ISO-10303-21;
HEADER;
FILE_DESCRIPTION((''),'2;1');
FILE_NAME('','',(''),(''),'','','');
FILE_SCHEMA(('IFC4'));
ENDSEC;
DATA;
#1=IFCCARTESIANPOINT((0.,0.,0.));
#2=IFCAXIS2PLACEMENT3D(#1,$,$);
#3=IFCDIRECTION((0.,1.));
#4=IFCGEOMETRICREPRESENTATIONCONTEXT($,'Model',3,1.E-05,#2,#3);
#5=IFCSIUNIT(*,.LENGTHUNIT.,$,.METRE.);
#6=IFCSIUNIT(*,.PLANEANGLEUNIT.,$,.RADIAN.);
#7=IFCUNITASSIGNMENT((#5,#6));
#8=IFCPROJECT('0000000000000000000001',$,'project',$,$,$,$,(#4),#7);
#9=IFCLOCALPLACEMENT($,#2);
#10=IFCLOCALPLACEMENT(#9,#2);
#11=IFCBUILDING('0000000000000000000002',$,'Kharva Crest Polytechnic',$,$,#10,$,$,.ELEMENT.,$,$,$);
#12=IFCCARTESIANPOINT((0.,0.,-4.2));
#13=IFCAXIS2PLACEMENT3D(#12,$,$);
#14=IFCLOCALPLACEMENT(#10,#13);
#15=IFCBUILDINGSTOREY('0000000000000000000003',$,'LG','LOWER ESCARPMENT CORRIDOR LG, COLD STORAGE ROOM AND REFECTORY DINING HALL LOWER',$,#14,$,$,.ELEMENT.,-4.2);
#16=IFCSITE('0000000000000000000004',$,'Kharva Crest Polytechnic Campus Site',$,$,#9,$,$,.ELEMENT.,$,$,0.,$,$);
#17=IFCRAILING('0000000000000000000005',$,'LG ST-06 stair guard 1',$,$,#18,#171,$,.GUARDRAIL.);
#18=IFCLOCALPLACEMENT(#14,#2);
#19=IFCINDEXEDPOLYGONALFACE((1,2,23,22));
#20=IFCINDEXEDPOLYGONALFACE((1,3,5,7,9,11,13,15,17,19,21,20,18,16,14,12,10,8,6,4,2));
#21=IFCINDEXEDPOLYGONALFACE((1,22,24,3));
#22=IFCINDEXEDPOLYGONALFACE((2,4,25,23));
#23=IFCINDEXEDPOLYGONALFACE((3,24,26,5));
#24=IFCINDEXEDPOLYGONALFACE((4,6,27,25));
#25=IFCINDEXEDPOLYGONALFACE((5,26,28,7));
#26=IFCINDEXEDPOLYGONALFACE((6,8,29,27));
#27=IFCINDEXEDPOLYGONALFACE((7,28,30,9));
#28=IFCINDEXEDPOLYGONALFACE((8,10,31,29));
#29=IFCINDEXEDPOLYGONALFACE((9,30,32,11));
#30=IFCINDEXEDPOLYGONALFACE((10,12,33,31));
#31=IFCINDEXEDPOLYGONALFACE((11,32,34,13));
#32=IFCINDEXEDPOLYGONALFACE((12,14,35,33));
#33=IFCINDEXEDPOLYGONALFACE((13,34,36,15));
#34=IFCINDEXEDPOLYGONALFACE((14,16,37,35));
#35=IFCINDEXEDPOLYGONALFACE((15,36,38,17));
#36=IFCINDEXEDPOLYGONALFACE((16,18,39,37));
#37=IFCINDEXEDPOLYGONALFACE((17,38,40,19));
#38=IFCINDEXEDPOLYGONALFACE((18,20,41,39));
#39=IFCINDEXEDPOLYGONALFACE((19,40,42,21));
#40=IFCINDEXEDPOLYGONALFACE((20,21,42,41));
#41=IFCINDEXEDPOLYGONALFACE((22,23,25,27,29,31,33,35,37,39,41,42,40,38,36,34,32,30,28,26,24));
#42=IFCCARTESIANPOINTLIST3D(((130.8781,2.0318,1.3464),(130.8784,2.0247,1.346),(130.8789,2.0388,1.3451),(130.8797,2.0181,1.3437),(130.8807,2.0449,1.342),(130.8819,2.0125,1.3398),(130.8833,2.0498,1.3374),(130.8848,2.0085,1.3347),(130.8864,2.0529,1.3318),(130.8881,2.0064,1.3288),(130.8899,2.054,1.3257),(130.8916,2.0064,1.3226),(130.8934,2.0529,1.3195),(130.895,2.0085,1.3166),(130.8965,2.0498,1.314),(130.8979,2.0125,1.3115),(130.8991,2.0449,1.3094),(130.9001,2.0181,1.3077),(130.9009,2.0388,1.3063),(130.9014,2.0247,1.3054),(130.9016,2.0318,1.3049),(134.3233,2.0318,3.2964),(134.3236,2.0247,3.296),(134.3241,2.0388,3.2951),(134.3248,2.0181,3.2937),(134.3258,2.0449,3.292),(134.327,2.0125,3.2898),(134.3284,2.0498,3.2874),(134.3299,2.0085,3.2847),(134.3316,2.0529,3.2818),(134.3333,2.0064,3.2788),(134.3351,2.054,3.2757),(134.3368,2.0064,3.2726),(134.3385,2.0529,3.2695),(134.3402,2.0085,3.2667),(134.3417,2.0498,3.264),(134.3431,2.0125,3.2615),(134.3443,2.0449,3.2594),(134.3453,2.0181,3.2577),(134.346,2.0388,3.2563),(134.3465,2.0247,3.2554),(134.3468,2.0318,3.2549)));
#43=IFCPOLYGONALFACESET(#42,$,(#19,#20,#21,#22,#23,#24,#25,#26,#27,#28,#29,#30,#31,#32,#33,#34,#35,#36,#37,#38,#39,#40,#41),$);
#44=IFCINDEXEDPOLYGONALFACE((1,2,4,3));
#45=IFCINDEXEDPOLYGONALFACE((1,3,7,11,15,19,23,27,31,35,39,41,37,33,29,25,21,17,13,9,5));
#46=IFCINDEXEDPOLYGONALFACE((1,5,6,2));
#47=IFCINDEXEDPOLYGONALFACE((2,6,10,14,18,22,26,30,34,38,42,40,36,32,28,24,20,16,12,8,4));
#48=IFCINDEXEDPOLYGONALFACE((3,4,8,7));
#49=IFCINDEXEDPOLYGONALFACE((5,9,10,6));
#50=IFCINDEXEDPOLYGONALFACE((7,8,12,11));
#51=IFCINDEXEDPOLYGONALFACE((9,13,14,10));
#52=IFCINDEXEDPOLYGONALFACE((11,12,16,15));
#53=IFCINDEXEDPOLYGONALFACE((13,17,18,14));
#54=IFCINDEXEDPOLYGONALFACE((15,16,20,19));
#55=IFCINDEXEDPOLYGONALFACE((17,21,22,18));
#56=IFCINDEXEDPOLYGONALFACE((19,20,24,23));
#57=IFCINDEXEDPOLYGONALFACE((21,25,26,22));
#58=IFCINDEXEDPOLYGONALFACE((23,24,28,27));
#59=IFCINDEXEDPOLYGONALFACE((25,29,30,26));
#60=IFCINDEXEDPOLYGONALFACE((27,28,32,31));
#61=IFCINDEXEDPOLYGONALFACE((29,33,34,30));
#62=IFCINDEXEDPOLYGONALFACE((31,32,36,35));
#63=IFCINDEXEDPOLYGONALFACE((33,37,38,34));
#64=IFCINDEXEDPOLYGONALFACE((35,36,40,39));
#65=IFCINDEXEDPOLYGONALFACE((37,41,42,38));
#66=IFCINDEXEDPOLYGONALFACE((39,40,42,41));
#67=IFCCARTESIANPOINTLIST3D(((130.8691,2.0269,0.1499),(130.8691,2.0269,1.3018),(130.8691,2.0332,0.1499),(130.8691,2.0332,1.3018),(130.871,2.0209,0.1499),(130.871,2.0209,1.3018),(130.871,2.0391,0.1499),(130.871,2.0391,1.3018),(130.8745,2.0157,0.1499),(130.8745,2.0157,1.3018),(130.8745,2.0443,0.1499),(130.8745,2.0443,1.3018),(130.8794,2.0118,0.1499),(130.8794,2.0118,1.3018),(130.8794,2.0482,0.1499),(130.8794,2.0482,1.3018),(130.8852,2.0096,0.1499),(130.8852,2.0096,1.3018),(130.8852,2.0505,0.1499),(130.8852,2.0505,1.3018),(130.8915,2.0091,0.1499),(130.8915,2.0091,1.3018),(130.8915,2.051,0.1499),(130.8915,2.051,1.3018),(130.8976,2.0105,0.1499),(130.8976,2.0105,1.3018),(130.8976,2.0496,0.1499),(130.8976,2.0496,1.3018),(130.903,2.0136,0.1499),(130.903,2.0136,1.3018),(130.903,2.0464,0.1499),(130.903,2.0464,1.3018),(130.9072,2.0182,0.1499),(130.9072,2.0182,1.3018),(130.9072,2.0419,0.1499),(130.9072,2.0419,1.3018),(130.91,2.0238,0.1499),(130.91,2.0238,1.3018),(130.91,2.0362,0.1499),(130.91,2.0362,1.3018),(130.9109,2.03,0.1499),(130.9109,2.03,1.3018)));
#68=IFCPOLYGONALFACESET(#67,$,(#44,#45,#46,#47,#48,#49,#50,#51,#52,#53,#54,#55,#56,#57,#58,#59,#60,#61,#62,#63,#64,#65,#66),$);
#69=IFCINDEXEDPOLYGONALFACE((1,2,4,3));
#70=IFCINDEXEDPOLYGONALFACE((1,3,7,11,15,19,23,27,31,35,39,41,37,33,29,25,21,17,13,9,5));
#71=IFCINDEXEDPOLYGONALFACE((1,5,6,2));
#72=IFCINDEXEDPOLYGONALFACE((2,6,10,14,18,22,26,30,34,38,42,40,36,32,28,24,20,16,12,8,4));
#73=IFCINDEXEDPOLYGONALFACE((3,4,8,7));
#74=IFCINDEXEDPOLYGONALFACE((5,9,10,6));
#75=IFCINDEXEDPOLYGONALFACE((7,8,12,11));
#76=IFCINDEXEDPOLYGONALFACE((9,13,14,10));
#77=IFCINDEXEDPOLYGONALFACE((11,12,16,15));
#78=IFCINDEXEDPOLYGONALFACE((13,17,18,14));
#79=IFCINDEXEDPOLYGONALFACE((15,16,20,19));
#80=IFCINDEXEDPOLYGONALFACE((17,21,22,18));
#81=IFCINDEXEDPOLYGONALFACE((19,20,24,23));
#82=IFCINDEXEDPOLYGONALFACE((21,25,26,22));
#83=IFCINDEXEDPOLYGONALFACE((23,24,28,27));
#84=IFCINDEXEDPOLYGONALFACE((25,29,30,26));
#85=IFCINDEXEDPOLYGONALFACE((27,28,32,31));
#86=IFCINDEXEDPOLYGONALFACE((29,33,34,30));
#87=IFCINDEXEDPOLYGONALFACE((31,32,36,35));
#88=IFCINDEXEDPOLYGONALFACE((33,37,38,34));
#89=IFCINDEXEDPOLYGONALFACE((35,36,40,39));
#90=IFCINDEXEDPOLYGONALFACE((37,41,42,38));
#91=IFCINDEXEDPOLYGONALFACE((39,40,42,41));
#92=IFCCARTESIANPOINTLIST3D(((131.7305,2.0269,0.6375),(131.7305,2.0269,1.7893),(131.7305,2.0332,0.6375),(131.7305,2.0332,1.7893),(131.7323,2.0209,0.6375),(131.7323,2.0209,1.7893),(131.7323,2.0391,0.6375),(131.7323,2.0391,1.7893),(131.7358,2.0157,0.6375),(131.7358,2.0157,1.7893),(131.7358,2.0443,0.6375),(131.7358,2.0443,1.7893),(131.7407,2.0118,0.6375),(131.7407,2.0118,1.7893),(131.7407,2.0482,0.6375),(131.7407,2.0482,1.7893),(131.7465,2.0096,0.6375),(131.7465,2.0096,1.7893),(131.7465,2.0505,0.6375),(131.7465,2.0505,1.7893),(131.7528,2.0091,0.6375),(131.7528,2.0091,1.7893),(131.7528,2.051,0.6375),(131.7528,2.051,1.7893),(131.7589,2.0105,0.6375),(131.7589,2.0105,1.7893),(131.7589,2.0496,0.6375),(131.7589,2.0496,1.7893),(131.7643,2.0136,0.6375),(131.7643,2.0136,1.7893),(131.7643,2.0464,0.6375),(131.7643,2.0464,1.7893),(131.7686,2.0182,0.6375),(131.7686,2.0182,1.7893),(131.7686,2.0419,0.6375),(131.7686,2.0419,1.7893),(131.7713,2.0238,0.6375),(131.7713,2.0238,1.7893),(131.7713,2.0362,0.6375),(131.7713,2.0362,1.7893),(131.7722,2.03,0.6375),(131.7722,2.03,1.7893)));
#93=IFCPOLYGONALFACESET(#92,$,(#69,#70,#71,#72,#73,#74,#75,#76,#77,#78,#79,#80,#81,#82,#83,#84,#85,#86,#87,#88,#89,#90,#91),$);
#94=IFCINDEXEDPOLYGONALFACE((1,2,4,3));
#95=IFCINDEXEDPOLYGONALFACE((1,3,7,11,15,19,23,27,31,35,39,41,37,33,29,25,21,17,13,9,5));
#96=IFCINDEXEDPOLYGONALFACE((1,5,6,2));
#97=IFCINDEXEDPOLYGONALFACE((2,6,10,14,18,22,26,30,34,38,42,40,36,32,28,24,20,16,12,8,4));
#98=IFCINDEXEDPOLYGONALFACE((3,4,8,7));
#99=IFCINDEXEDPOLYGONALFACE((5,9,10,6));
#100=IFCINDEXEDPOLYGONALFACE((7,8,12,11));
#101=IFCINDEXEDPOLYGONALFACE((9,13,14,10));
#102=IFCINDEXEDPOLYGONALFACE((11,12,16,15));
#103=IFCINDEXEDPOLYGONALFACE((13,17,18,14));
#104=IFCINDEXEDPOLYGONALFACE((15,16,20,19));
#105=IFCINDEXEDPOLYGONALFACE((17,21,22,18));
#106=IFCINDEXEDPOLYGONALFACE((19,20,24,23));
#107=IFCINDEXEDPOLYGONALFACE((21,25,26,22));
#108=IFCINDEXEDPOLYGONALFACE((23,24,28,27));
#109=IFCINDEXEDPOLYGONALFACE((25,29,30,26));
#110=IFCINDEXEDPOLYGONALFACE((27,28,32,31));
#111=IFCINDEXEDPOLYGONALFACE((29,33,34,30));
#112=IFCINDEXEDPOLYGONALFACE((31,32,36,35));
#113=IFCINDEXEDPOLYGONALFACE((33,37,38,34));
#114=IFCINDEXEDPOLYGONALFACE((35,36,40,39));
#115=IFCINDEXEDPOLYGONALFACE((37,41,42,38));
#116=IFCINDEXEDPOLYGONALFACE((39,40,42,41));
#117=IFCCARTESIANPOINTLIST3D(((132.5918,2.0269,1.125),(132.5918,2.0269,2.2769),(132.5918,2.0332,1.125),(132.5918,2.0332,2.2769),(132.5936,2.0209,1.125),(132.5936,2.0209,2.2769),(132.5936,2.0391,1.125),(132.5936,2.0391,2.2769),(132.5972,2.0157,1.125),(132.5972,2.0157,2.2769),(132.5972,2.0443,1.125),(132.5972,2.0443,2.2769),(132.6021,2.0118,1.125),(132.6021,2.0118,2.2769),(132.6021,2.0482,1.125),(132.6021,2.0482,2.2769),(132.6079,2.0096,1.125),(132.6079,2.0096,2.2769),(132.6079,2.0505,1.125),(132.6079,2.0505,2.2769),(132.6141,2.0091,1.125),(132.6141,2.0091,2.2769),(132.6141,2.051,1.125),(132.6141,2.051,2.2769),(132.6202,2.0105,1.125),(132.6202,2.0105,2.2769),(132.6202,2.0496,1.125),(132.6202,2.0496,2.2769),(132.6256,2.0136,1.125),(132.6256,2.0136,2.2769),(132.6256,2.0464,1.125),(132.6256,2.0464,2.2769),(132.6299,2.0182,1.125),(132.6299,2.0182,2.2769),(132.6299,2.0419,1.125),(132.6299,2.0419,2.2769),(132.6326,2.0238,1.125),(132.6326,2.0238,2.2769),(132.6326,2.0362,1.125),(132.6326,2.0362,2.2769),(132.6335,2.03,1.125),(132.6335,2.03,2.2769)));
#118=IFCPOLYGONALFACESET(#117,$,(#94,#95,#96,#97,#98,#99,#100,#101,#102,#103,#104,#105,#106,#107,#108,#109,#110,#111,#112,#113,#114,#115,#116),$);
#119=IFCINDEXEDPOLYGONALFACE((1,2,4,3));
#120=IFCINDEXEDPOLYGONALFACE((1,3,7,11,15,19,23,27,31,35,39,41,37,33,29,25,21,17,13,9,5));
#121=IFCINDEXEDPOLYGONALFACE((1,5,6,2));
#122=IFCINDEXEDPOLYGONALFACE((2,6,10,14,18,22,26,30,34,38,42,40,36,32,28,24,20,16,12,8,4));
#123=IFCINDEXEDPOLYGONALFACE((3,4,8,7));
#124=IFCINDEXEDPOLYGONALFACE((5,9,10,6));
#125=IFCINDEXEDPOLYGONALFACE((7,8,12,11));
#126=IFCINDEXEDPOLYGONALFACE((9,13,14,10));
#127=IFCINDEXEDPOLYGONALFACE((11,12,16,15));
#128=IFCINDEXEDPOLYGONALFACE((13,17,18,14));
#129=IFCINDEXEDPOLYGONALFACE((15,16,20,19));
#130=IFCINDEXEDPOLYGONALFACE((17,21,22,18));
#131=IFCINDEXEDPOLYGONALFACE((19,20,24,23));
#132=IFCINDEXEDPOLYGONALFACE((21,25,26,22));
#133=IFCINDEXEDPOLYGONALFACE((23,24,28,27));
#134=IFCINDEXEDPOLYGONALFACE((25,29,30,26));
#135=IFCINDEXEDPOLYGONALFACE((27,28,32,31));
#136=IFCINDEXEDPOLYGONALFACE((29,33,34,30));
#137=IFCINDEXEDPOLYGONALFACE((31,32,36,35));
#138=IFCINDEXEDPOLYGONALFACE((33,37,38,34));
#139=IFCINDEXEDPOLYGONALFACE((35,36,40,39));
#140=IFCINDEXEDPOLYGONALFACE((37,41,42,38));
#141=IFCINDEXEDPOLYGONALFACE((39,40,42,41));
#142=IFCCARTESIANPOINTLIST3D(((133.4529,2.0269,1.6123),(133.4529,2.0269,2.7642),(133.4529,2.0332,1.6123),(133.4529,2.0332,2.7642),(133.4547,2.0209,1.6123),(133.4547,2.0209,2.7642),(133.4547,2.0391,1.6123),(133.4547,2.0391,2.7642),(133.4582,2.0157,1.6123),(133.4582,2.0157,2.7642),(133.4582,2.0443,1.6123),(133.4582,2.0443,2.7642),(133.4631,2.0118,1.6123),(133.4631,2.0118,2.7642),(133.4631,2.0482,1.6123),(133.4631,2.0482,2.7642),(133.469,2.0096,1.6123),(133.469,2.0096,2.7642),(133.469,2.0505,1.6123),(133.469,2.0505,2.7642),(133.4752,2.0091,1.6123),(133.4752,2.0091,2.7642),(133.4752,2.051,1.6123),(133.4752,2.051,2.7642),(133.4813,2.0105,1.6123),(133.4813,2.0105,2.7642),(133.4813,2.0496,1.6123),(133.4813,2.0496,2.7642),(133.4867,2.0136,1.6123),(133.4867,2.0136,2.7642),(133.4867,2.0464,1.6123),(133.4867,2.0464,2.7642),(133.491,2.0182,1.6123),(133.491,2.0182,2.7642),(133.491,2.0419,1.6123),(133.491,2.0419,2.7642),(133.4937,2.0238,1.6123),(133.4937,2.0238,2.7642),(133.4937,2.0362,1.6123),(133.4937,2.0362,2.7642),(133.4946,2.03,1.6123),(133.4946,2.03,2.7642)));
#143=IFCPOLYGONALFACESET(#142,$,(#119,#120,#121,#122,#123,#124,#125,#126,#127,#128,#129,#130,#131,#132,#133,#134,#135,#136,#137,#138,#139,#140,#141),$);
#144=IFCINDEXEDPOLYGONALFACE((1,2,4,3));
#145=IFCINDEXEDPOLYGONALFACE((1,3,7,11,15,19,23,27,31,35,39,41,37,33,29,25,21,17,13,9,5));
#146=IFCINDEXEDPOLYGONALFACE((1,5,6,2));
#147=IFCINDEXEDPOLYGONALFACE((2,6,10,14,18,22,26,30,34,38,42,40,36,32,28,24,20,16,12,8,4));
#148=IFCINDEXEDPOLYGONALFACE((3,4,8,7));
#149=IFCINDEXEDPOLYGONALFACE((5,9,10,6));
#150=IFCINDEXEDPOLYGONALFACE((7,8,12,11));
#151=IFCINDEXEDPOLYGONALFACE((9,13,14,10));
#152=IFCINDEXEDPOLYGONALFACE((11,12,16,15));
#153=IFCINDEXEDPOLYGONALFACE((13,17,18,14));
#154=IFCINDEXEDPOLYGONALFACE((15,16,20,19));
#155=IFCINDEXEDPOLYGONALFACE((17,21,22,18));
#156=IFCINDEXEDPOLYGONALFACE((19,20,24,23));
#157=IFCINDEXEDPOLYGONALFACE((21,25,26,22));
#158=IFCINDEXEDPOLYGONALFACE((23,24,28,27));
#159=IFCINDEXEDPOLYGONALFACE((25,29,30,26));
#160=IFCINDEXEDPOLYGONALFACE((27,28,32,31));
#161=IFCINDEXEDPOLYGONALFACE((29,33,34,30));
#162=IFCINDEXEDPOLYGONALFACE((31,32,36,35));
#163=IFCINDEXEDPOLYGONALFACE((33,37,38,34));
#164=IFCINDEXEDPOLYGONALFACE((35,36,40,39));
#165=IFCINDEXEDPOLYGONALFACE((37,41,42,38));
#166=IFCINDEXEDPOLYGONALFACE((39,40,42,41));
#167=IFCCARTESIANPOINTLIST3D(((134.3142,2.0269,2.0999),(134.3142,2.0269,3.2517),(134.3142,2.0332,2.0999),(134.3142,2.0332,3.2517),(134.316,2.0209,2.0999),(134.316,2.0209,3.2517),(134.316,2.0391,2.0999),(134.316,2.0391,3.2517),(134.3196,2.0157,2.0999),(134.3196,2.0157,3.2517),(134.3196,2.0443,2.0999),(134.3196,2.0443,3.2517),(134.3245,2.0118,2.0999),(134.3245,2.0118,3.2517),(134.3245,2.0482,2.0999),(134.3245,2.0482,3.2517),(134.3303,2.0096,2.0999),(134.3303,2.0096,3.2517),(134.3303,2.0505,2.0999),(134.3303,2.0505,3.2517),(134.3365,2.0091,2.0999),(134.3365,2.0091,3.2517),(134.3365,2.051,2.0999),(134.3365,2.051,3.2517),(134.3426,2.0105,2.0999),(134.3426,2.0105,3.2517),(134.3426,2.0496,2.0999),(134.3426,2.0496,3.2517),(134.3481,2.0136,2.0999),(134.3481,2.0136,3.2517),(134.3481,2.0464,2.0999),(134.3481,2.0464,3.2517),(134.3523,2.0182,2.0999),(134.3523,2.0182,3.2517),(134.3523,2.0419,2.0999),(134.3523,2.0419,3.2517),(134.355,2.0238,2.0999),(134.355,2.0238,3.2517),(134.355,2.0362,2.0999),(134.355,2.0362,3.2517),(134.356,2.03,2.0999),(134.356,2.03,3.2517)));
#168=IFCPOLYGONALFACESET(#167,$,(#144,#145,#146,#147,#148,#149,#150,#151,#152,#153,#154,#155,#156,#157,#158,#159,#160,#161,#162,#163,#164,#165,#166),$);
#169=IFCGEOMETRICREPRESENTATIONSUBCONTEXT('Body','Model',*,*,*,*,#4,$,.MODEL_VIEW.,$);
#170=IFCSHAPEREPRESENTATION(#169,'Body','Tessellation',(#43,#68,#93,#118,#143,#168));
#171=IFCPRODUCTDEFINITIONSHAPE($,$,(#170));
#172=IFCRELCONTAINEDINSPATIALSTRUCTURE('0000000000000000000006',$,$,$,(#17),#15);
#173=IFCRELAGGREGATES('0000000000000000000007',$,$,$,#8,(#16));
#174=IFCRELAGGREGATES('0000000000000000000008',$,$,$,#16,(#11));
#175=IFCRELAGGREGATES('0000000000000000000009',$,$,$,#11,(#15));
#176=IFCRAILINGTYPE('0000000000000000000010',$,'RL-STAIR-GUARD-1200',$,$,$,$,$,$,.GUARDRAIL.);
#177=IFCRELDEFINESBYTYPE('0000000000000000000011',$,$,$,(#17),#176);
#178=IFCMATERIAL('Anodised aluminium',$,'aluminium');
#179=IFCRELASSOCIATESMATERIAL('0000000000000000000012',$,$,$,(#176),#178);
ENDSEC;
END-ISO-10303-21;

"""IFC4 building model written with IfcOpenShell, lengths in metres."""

from ifc_helpers import new_model, si_unit, direction, frame, origin, origin_2d, place, context, subcontext, project, spatial, circle, extrude, material, type_object, element, save


model = new_model("IFC4")

# Units and contexts
model_context = context("Model", 3, precision=1e-05, world=origin(), true_north=direction((0.0, 1.0)))
body_context = subcontext(model_context, "Body", "Model", "MODEL_VIEW")
ifc_project = project(units=[si_unit("LENGTHUNIT", "METRE"), si_unit("PLANEANGLEUNIT", "RADIAN")], contexts=[model_context])

# Site, building, storey
site_placement = place(None, origin())
site = spatial("IfcSite", under=ifc_project, at=site_placement, Name="Kharva Crest Polytechnic Campus Site", CompositionType="ELEMENT", RefElevation=0.0)
building_placement = place(site_placement, origin())
building = spatial("IfcBuilding", under=site, at=building_placement, Name="Kharva Crest Polytechnic", CompositionType="ELEMENT")
storey_placement = place(building_placement, frame((0.0, 0.0, -4.2)))
storey = spatial("IfcBuildingStorey", under=building, at=storey_placement, Name="LG", Description="LOWER ESCARPMENT CORRIDOR LG, COLD STORAGE ROOM AND REFECTORY DINING HALL LOWER", CompositionType="ELEMENT", Elevation=-4.2)

# Shared definitions
ifc_material_1 = material(Name="Anodised aluminium", Category="aluminium")

# Railing
railing_type_1 = type_object("IfcRailingType", Name="RL-STAIR-GUARD-1200", PredefinedType="GUARDRAIL", material=ifc_material_1)
railing_1_placement = place(storey_placement, frame((130.8899, 2.03, 0.1499)))
element("IfcRailing", 1, at=railing_1_placement, inside=storey, type_object=railing_type_1, Name="LG ST-06 stair guard 1", PredefinedType="GUARDRAIL", context=body_context, shape_type="SweptSolid", body=[
    extrude(circle(Radius=0.0239, at=origin_2d()), frame((0.0, 0.0, 1.1758), z_axis=(0.870266, 0.0, 0.492581), x_axis=(0.0, 1.0, 0.0)), (0.0, 0.0, 1.0), 3.9587),
    extrude(circle(Radius=0.021, at=origin_2d()), origin(), (0.0, 0.0, 1.0), 1.1519),
    extrude(circle(Radius=0.021, at=origin_2d()), frame((0.8613, 0.0, 0.4875)), (0.0, 0.0, 1.0), 1.1519),
    extrude(circle(Radius=0.021, at=origin_2d()), frame((1.7227, 0.0, 0.9751)), (0.0, 0.0, 1.0), 1.1519),
    extrude(circle(Radius=0.021, at=origin_2d()), frame((2.5837, 0.0, 1.4624)), (0.0, 0.0, 1.0), 1.1519),
    extrude(circle(Radius=0.021, at=origin_2d()), frame((3.4451, 0.0, 1.95)), (0.0, 0.0, 1.0), 1.1519),
])

save(model, "model.ifc")
